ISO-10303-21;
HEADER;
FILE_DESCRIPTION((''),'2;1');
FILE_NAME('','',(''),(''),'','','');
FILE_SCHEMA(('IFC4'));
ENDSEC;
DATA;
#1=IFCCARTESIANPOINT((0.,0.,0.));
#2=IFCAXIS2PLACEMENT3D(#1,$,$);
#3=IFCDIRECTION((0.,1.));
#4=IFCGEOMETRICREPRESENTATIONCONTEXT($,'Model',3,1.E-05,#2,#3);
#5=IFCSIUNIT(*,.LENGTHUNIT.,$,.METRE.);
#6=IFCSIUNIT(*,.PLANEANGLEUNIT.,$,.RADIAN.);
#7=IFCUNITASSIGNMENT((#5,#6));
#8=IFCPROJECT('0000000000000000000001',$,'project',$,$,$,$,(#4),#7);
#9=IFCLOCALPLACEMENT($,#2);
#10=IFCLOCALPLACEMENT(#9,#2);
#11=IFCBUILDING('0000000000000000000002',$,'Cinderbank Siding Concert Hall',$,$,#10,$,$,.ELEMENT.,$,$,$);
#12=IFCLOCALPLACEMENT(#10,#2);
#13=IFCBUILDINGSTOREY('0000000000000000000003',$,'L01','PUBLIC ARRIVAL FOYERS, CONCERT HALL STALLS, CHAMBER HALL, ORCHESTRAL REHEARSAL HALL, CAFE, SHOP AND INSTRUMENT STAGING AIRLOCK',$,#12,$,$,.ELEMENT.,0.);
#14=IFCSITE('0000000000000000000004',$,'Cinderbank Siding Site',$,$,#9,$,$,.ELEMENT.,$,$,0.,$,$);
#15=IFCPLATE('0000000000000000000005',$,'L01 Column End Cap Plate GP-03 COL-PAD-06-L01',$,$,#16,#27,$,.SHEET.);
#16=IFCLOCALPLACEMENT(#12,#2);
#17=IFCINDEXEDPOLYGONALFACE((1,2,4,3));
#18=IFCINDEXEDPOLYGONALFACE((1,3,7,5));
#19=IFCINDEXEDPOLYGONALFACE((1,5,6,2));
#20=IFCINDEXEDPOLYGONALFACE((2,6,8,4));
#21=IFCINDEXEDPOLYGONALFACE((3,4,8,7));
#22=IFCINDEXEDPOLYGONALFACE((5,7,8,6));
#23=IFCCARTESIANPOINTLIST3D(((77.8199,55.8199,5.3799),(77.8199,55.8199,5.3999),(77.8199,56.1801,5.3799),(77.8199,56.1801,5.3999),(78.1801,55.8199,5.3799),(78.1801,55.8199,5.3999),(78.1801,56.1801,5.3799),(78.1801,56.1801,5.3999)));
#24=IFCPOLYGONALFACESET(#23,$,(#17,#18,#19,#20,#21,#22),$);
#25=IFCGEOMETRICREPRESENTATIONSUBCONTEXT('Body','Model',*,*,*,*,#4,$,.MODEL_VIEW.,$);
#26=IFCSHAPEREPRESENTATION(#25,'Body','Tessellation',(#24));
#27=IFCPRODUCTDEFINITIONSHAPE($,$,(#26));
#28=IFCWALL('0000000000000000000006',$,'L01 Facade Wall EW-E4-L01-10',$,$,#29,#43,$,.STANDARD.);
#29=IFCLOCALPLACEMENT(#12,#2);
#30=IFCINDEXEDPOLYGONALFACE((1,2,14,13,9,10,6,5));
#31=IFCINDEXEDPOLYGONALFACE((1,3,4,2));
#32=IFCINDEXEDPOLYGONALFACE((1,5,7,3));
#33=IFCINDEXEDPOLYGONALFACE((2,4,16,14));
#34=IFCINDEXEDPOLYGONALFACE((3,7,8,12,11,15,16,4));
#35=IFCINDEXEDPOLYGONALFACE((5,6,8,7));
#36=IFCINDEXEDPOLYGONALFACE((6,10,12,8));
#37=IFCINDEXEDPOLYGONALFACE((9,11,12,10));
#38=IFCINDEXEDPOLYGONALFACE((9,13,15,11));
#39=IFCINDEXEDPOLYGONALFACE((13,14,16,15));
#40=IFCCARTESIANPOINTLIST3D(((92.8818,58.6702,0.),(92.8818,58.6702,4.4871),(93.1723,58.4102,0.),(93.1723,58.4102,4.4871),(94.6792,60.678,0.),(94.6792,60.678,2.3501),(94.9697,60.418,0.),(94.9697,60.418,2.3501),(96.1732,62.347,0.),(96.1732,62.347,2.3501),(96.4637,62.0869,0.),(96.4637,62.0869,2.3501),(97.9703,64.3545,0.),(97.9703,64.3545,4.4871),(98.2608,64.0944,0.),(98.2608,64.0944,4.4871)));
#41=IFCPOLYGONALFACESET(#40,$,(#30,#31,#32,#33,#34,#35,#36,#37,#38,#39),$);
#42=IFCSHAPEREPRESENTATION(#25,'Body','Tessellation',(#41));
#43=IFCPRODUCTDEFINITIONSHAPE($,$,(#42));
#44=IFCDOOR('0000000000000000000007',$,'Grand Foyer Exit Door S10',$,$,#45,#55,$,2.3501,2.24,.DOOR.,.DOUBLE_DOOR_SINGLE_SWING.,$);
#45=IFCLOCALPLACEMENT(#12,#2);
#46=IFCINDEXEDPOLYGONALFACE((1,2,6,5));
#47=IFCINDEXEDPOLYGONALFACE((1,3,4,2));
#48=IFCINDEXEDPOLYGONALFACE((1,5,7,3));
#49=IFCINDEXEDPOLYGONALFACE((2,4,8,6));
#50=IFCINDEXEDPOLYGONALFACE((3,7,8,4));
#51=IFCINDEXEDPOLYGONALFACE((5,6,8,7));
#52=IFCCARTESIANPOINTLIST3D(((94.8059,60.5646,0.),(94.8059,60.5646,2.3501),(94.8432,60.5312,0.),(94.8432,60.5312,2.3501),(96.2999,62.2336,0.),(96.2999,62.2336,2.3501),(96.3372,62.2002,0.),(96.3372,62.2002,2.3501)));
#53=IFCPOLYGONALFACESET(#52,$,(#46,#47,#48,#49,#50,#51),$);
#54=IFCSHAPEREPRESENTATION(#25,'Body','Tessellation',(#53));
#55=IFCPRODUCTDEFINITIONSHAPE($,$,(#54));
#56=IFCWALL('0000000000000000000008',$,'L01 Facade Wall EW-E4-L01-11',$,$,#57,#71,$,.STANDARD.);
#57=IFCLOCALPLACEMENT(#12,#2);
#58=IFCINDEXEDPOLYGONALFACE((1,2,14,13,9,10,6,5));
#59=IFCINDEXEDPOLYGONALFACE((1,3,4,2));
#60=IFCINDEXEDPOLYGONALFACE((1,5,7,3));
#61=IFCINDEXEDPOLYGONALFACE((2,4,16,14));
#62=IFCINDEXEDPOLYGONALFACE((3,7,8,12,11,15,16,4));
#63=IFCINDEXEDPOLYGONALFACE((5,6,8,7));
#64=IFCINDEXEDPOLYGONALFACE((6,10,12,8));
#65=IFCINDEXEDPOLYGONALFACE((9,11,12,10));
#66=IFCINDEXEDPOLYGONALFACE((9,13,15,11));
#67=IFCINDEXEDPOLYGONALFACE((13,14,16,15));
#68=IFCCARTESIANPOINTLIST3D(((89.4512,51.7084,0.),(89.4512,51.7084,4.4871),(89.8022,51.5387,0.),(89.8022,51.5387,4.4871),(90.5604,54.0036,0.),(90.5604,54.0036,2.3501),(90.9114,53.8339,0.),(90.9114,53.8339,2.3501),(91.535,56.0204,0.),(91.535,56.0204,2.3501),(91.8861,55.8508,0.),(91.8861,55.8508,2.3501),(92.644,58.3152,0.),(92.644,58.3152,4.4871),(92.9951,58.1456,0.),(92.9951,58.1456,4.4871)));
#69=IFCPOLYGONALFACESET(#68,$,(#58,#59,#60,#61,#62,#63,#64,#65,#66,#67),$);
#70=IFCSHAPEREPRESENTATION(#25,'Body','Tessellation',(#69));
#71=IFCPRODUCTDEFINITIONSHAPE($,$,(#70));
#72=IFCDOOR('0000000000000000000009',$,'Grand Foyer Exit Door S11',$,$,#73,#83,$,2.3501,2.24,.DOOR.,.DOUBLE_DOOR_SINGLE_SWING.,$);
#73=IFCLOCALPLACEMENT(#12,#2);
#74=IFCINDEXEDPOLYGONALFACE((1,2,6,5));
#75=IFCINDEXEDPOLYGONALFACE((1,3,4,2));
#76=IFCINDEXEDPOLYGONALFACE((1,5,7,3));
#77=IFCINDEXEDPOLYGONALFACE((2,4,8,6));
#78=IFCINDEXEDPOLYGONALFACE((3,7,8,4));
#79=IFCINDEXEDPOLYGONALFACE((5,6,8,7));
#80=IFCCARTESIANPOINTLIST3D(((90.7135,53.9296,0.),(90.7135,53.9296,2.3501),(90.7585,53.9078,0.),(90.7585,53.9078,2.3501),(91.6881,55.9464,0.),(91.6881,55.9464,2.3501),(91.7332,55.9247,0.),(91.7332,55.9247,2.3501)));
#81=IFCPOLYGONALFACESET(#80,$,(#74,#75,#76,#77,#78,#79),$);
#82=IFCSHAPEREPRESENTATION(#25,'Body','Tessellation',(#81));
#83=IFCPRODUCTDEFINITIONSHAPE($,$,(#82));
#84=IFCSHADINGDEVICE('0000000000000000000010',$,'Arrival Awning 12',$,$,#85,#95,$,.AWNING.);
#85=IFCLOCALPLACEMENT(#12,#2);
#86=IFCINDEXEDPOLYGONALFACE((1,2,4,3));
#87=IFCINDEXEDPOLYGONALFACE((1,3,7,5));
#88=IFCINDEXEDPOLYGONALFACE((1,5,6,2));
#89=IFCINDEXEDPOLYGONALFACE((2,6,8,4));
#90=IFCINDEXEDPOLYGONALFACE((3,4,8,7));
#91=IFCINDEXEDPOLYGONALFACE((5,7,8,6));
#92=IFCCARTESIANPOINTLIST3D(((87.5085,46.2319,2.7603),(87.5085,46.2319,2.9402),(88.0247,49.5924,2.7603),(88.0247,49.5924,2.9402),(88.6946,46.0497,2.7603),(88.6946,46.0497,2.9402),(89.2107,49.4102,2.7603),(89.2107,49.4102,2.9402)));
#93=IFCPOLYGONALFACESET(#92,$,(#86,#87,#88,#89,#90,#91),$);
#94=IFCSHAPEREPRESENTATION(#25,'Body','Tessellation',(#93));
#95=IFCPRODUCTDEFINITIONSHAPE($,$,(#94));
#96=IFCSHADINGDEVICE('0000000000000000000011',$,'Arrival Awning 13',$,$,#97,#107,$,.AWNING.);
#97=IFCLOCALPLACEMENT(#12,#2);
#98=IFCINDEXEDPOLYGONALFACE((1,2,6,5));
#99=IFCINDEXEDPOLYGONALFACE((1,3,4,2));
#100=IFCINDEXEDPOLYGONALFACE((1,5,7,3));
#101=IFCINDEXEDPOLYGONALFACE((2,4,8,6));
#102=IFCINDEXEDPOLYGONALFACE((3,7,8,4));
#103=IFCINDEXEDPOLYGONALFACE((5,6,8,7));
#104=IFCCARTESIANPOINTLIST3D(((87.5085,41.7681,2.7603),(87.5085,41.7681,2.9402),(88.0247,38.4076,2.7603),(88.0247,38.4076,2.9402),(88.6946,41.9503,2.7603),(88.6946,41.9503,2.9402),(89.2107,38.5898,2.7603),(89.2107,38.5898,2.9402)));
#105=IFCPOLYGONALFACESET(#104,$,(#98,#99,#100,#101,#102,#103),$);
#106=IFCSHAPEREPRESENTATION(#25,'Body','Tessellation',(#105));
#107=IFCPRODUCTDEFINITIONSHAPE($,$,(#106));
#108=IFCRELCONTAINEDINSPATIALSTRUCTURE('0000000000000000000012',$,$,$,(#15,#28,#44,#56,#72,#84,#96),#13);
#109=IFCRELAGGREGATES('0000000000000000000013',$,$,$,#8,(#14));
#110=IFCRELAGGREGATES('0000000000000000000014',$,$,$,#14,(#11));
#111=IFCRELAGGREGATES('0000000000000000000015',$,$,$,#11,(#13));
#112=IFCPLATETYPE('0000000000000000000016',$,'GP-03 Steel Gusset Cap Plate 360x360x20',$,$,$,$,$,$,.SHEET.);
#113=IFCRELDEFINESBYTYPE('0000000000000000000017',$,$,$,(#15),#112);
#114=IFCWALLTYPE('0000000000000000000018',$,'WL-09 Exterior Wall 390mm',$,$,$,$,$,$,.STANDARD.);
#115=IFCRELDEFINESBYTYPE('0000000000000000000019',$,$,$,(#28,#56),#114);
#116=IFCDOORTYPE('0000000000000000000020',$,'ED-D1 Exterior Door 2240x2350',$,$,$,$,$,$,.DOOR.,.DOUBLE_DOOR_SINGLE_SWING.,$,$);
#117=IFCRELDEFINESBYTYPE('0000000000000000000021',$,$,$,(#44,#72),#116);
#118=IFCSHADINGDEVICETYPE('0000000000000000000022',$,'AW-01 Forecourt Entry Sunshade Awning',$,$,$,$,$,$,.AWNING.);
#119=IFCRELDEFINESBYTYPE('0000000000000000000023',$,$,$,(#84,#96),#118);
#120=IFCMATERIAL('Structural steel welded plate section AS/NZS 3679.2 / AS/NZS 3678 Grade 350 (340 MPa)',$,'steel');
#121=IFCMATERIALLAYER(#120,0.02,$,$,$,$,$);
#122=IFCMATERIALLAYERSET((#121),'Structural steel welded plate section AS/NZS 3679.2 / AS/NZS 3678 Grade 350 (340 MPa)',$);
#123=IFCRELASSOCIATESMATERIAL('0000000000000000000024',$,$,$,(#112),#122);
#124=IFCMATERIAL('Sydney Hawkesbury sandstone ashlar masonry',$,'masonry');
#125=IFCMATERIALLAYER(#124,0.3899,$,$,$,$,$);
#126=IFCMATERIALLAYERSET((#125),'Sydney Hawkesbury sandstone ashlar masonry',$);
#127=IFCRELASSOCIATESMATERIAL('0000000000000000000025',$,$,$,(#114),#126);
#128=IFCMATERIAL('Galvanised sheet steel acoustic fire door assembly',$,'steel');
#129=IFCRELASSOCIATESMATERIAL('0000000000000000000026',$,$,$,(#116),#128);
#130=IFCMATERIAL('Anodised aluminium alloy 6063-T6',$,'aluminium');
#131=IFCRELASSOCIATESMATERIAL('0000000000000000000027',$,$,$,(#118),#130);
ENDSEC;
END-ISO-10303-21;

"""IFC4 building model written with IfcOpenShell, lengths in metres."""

from ifc_helpers import new_model, si_unit, direction, frame, frame_2d, origin, origin_2d, place, context, subcontext, project, spatial, rectangle, extrude, material, layer, layer_set, type_object, element, fill, save


model = new_model("IFC4")

# Units and contexts
model_context = context("Model", 3, precision=1e-05, world=origin(), true_north=direction((0.0, 1.0)))
body_context = subcontext(model_context, "Body", "Model", "MODEL_VIEW")
ifc_project = project(units=[si_unit("LENGTHUNIT", "METRE"), si_unit("PLANEANGLEUNIT", "RADIAN")], contexts=[model_context])

# Site, building, storey
site_placement = place(None, origin())
site = spatial("IfcSite", under=ifc_project, at=site_placement, Name="Cinderbank Siding Site", CompositionType="ELEMENT", RefElevation=0.0)
building_placement = place(site_placement, origin())
building = spatial("IfcBuilding", under=site, at=building_placement, Name="Cinderbank Siding Concert Hall", CompositionType="ELEMENT")
storey_placement = place(building_placement, origin())
storey = spatial("IfcBuildingStorey", under=building, at=storey_placement, Name="L01", Description="PUBLIC ARRIVAL FOYERS, CONCERT HALL STALLS, CHAMBER HALL, ORCHESTRAL REHEARSAL HALL, CAFE, SHOP AND INSTRUMENT STAGING AIRLOCK", CompositionType="ELEMENT", Elevation=0.0)

# Plate
ifc_material_1 = material(Name="Structural steel welded plate section AS/NZS 3679.2 / AS/NZS 3678 Grade 350 (340 MPa)", Category="steel")
ifc_layer_1 = layer(ifc_material_1, 0.02)
ifc_layer_set_1 = layer_set([ifc_layer_1], Name="Structural steel welded plate section AS/NZS 3679.2 / AS/NZS 3678 Grade 350 (340 MPa)")
plate_type = type_object("IfcPlateType", Name="GP-03 Steel Gusset Cap Plate 360x360x20", PredefinedType="SHEET", material=ifc_layer_set_1)
plate_placement = place(storey_placement, frame((78.0, 56.0, 5.3799), z_axis=(0.0, 0.0, 1.0), x_axis=(1.0, 0.0, 0.0)))
element("IfcPlate", 1, at=plate_placement, inside=storey, type_object=plate_type, Name="L01 Column End Cap Plate GP-03 COL-PAD-06-L01", PredefinedType="SHEET", context=body_context, shape_type="SweptSolid", body=[
    extrude(rectangle(XDim=0.3601, YDim=0.3601, at=origin_2d()), origin(), (0.0, 0.0, 1.0), 0.02),
])

# Walls, openings, doors
ifc_material_2 = material(Name="Sydney Hawkesbury sandstone ashlar masonry", Category="masonry")
ifc_layer_2 = layer(ifc_material_2, 0.3899)
ifc_layer_set_2 = layer_set([ifc_layer_2], Name="Sydney Hawkesbury sandstone ashlar masonry")
wall_type = type_object("IfcWallType", Name="WL-09 Exterior Wall 390mm", PredefinedType="STANDARD", material=ifc_layer_set_2)
wall_1_placement = place(storey_placement, frame((93.0271, 58.5403, 0.0), z_axis=(0.0, 0.0, 1.0), x_axis=(0.666988, 0.745069, 0.0)))
wall_1 = element("IfcWall", 2, at=wall_1_placement, inside=storey, type_object=wall_type, Name="L01 Facade Wall EW-E4-L01-10", PredefinedType="STANDARD", context=body_context, shape_type="SweptSolid", body=[
    extrude(rectangle(XDim=7.6292, YDim=0.3899, at=frame_2d((3.8145, 0.0))), origin(), (0.0, 0.0, 1.0), 4.4871),
])
opening_1_placement = place(wall_1_placement, frame((2.6946, 0.0, 0.0)))
opening_1 = element("IfcOpeningElement", 3, at=opening_1_placement, cuts=wall_1, PredefinedType="OPENING", context=body_context, shape_type="SweptSolid", body=[
    extrude(rectangle(XDim=2.24, YDim=2.3501, at=frame_2d((1.1201, 1.175))), frame((0.0, 0.207, 0.0), z_axis=(0.0, -1.0, 0.0), x_axis=(1.0, 0.0, 0.0)), (0.0, 0.0, 1.0), 0.4138),
])
ifc_material_3 = material(Name="Galvanised sheet steel acoustic fire door assembly", Category="steel")
door_type_1 = type_object("IfcDoorType", Name="ED-D1 Exterior Door 2240x2350", OperationType="DOUBLE_DOOR_SINGLE_SWING", PredefinedType="DOOR", material=ifc_material_3)
door_1_placement = place(opening_1_placement, origin())
door_1 = element("IfcDoor", 4, at=door_1_placement, inside=storey, type_object=door_type_1, Name="Grand Foyer Exit Door S10", OperationType="DOUBLE_DOOR_SINGLE_SWING", OverallHeight=2.3501, OverallWidth=2.24, PredefinedType="DOOR", context=body_context, shape_type="SweptSolid", body=[
    extrude(rectangle(XDim=2.24, YDim=2.3501, at=frame_2d((1.1201, 1.175))), frame((0.0, 0.0249, 0.0), z_axis=(0.0, -1.0, 0.0), x_axis=(1.0, 0.0, 0.0)), (0.0, 0.0, 1.0), 0.05),
])
fill(opening_1, door_1)
wall_2_placement = place(storey_placement, frame((89.6267, 51.6235, 0.0), z_axis=(0.0, 0.0, 1.0), x_axis=(0.435116, 0.900375, 0.0)))
wall_2 = element("IfcWall", 5, at=wall_2_placement, inside=storey, type_object=wall_type, Name="L01 Facade Wall EW-E4-L01-11", PredefinedType="STANDARD", context=body_context, shape_type="SweptSolid", body=[
    extrude(rectangle(XDim=7.3379, YDim=0.3899, at=frame_2d((3.6689, 0.0))), origin(), (0.0, 0.0, 1.0), 4.4871),
])
opening_2_placement = place(wall_2_placement, frame((2.5491, 0.0, 0.0)))
opening_2 = element("IfcOpeningElement", 6, at=opening_2_placement, cuts=wall_2, PredefinedType="OPENING", context=body_context, shape_type="SweptSolid", body=[
    extrude(rectangle(XDim=2.24, YDim=2.3501, at=frame_2d((1.1201, 1.175))), frame((0.0, 0.207, 0.0), z_axis=(0.0, -1.0, 0.0), x_axis=(1.0, 0.0, 0.0)), (0.0, 0.0, 1.0), 0.4138),
])
door_2_placement = place(opening_2_placement, origin())
door_2 = element("IfcDoor", 7, at=door_2_placement, inside=storey, type_object=door_type_1, Name="Grand Foyer Exit Door S11", OperationType="DOUBLE_DOOR_SINGLE_SWING", OverallHeight=2.3501, OverallWidth=2.24, PredefinedType="DOOR", context=body_context, shape_type="SweptSolid", body=[
    extrude(rectangle(XDim=2.24, YDim=2.3501, at=frame_2d((1.1201, 1.175))), frame((0.0, 0.0249, 0.0), z_axis=(0.0, -1.0, 0.0), x_axis=(1.0, 0.0, 0.0)), (0.0, 0.0, 1.0), 0.05),
])
fill(opening_2, door_2)

# Shading devices
ifc_material_4 = material(Name="Anodised aluminium alloy 6063-T6", Category="aluminium")
shading_device_type = type_object("IfcShadingDeviceType", Name="AW-01 Forecourt Entry Sunshade Awning", PredefinedType="AWNING", material=ifc_material_4)
for number, where, z_axis, x_axis, name in (
    (8, (88.3596, 47.821, 2.7603), (0.0, 0.0, 1.0), (-0.151815, -0.988409, 0.0), "Arrival Awning 12"),
    (9, (88.3596, 40.179, 2.7603), (0.0, 0.0, 1.0), (0.151815, -0.988409, 0.0), "Arrival Awning 13"),
):
    element("IfcShadingDevice", number, at=place(storey_placement, frame(where, z_axis=z_axis, x_axis=x_axis)), inside=storey, type_object=shading_device_type, Name=name, PredefinedType="AWNING", context=body_context, shape_type="SweptSolid", body=[
        extrude(rectangle(XDim=3.3999, YDim=1.2, at=origin_2d()), origin(), (0.0, 0.0, 1.0), 0.1799),
    ])

save(model, "model.ifc")
